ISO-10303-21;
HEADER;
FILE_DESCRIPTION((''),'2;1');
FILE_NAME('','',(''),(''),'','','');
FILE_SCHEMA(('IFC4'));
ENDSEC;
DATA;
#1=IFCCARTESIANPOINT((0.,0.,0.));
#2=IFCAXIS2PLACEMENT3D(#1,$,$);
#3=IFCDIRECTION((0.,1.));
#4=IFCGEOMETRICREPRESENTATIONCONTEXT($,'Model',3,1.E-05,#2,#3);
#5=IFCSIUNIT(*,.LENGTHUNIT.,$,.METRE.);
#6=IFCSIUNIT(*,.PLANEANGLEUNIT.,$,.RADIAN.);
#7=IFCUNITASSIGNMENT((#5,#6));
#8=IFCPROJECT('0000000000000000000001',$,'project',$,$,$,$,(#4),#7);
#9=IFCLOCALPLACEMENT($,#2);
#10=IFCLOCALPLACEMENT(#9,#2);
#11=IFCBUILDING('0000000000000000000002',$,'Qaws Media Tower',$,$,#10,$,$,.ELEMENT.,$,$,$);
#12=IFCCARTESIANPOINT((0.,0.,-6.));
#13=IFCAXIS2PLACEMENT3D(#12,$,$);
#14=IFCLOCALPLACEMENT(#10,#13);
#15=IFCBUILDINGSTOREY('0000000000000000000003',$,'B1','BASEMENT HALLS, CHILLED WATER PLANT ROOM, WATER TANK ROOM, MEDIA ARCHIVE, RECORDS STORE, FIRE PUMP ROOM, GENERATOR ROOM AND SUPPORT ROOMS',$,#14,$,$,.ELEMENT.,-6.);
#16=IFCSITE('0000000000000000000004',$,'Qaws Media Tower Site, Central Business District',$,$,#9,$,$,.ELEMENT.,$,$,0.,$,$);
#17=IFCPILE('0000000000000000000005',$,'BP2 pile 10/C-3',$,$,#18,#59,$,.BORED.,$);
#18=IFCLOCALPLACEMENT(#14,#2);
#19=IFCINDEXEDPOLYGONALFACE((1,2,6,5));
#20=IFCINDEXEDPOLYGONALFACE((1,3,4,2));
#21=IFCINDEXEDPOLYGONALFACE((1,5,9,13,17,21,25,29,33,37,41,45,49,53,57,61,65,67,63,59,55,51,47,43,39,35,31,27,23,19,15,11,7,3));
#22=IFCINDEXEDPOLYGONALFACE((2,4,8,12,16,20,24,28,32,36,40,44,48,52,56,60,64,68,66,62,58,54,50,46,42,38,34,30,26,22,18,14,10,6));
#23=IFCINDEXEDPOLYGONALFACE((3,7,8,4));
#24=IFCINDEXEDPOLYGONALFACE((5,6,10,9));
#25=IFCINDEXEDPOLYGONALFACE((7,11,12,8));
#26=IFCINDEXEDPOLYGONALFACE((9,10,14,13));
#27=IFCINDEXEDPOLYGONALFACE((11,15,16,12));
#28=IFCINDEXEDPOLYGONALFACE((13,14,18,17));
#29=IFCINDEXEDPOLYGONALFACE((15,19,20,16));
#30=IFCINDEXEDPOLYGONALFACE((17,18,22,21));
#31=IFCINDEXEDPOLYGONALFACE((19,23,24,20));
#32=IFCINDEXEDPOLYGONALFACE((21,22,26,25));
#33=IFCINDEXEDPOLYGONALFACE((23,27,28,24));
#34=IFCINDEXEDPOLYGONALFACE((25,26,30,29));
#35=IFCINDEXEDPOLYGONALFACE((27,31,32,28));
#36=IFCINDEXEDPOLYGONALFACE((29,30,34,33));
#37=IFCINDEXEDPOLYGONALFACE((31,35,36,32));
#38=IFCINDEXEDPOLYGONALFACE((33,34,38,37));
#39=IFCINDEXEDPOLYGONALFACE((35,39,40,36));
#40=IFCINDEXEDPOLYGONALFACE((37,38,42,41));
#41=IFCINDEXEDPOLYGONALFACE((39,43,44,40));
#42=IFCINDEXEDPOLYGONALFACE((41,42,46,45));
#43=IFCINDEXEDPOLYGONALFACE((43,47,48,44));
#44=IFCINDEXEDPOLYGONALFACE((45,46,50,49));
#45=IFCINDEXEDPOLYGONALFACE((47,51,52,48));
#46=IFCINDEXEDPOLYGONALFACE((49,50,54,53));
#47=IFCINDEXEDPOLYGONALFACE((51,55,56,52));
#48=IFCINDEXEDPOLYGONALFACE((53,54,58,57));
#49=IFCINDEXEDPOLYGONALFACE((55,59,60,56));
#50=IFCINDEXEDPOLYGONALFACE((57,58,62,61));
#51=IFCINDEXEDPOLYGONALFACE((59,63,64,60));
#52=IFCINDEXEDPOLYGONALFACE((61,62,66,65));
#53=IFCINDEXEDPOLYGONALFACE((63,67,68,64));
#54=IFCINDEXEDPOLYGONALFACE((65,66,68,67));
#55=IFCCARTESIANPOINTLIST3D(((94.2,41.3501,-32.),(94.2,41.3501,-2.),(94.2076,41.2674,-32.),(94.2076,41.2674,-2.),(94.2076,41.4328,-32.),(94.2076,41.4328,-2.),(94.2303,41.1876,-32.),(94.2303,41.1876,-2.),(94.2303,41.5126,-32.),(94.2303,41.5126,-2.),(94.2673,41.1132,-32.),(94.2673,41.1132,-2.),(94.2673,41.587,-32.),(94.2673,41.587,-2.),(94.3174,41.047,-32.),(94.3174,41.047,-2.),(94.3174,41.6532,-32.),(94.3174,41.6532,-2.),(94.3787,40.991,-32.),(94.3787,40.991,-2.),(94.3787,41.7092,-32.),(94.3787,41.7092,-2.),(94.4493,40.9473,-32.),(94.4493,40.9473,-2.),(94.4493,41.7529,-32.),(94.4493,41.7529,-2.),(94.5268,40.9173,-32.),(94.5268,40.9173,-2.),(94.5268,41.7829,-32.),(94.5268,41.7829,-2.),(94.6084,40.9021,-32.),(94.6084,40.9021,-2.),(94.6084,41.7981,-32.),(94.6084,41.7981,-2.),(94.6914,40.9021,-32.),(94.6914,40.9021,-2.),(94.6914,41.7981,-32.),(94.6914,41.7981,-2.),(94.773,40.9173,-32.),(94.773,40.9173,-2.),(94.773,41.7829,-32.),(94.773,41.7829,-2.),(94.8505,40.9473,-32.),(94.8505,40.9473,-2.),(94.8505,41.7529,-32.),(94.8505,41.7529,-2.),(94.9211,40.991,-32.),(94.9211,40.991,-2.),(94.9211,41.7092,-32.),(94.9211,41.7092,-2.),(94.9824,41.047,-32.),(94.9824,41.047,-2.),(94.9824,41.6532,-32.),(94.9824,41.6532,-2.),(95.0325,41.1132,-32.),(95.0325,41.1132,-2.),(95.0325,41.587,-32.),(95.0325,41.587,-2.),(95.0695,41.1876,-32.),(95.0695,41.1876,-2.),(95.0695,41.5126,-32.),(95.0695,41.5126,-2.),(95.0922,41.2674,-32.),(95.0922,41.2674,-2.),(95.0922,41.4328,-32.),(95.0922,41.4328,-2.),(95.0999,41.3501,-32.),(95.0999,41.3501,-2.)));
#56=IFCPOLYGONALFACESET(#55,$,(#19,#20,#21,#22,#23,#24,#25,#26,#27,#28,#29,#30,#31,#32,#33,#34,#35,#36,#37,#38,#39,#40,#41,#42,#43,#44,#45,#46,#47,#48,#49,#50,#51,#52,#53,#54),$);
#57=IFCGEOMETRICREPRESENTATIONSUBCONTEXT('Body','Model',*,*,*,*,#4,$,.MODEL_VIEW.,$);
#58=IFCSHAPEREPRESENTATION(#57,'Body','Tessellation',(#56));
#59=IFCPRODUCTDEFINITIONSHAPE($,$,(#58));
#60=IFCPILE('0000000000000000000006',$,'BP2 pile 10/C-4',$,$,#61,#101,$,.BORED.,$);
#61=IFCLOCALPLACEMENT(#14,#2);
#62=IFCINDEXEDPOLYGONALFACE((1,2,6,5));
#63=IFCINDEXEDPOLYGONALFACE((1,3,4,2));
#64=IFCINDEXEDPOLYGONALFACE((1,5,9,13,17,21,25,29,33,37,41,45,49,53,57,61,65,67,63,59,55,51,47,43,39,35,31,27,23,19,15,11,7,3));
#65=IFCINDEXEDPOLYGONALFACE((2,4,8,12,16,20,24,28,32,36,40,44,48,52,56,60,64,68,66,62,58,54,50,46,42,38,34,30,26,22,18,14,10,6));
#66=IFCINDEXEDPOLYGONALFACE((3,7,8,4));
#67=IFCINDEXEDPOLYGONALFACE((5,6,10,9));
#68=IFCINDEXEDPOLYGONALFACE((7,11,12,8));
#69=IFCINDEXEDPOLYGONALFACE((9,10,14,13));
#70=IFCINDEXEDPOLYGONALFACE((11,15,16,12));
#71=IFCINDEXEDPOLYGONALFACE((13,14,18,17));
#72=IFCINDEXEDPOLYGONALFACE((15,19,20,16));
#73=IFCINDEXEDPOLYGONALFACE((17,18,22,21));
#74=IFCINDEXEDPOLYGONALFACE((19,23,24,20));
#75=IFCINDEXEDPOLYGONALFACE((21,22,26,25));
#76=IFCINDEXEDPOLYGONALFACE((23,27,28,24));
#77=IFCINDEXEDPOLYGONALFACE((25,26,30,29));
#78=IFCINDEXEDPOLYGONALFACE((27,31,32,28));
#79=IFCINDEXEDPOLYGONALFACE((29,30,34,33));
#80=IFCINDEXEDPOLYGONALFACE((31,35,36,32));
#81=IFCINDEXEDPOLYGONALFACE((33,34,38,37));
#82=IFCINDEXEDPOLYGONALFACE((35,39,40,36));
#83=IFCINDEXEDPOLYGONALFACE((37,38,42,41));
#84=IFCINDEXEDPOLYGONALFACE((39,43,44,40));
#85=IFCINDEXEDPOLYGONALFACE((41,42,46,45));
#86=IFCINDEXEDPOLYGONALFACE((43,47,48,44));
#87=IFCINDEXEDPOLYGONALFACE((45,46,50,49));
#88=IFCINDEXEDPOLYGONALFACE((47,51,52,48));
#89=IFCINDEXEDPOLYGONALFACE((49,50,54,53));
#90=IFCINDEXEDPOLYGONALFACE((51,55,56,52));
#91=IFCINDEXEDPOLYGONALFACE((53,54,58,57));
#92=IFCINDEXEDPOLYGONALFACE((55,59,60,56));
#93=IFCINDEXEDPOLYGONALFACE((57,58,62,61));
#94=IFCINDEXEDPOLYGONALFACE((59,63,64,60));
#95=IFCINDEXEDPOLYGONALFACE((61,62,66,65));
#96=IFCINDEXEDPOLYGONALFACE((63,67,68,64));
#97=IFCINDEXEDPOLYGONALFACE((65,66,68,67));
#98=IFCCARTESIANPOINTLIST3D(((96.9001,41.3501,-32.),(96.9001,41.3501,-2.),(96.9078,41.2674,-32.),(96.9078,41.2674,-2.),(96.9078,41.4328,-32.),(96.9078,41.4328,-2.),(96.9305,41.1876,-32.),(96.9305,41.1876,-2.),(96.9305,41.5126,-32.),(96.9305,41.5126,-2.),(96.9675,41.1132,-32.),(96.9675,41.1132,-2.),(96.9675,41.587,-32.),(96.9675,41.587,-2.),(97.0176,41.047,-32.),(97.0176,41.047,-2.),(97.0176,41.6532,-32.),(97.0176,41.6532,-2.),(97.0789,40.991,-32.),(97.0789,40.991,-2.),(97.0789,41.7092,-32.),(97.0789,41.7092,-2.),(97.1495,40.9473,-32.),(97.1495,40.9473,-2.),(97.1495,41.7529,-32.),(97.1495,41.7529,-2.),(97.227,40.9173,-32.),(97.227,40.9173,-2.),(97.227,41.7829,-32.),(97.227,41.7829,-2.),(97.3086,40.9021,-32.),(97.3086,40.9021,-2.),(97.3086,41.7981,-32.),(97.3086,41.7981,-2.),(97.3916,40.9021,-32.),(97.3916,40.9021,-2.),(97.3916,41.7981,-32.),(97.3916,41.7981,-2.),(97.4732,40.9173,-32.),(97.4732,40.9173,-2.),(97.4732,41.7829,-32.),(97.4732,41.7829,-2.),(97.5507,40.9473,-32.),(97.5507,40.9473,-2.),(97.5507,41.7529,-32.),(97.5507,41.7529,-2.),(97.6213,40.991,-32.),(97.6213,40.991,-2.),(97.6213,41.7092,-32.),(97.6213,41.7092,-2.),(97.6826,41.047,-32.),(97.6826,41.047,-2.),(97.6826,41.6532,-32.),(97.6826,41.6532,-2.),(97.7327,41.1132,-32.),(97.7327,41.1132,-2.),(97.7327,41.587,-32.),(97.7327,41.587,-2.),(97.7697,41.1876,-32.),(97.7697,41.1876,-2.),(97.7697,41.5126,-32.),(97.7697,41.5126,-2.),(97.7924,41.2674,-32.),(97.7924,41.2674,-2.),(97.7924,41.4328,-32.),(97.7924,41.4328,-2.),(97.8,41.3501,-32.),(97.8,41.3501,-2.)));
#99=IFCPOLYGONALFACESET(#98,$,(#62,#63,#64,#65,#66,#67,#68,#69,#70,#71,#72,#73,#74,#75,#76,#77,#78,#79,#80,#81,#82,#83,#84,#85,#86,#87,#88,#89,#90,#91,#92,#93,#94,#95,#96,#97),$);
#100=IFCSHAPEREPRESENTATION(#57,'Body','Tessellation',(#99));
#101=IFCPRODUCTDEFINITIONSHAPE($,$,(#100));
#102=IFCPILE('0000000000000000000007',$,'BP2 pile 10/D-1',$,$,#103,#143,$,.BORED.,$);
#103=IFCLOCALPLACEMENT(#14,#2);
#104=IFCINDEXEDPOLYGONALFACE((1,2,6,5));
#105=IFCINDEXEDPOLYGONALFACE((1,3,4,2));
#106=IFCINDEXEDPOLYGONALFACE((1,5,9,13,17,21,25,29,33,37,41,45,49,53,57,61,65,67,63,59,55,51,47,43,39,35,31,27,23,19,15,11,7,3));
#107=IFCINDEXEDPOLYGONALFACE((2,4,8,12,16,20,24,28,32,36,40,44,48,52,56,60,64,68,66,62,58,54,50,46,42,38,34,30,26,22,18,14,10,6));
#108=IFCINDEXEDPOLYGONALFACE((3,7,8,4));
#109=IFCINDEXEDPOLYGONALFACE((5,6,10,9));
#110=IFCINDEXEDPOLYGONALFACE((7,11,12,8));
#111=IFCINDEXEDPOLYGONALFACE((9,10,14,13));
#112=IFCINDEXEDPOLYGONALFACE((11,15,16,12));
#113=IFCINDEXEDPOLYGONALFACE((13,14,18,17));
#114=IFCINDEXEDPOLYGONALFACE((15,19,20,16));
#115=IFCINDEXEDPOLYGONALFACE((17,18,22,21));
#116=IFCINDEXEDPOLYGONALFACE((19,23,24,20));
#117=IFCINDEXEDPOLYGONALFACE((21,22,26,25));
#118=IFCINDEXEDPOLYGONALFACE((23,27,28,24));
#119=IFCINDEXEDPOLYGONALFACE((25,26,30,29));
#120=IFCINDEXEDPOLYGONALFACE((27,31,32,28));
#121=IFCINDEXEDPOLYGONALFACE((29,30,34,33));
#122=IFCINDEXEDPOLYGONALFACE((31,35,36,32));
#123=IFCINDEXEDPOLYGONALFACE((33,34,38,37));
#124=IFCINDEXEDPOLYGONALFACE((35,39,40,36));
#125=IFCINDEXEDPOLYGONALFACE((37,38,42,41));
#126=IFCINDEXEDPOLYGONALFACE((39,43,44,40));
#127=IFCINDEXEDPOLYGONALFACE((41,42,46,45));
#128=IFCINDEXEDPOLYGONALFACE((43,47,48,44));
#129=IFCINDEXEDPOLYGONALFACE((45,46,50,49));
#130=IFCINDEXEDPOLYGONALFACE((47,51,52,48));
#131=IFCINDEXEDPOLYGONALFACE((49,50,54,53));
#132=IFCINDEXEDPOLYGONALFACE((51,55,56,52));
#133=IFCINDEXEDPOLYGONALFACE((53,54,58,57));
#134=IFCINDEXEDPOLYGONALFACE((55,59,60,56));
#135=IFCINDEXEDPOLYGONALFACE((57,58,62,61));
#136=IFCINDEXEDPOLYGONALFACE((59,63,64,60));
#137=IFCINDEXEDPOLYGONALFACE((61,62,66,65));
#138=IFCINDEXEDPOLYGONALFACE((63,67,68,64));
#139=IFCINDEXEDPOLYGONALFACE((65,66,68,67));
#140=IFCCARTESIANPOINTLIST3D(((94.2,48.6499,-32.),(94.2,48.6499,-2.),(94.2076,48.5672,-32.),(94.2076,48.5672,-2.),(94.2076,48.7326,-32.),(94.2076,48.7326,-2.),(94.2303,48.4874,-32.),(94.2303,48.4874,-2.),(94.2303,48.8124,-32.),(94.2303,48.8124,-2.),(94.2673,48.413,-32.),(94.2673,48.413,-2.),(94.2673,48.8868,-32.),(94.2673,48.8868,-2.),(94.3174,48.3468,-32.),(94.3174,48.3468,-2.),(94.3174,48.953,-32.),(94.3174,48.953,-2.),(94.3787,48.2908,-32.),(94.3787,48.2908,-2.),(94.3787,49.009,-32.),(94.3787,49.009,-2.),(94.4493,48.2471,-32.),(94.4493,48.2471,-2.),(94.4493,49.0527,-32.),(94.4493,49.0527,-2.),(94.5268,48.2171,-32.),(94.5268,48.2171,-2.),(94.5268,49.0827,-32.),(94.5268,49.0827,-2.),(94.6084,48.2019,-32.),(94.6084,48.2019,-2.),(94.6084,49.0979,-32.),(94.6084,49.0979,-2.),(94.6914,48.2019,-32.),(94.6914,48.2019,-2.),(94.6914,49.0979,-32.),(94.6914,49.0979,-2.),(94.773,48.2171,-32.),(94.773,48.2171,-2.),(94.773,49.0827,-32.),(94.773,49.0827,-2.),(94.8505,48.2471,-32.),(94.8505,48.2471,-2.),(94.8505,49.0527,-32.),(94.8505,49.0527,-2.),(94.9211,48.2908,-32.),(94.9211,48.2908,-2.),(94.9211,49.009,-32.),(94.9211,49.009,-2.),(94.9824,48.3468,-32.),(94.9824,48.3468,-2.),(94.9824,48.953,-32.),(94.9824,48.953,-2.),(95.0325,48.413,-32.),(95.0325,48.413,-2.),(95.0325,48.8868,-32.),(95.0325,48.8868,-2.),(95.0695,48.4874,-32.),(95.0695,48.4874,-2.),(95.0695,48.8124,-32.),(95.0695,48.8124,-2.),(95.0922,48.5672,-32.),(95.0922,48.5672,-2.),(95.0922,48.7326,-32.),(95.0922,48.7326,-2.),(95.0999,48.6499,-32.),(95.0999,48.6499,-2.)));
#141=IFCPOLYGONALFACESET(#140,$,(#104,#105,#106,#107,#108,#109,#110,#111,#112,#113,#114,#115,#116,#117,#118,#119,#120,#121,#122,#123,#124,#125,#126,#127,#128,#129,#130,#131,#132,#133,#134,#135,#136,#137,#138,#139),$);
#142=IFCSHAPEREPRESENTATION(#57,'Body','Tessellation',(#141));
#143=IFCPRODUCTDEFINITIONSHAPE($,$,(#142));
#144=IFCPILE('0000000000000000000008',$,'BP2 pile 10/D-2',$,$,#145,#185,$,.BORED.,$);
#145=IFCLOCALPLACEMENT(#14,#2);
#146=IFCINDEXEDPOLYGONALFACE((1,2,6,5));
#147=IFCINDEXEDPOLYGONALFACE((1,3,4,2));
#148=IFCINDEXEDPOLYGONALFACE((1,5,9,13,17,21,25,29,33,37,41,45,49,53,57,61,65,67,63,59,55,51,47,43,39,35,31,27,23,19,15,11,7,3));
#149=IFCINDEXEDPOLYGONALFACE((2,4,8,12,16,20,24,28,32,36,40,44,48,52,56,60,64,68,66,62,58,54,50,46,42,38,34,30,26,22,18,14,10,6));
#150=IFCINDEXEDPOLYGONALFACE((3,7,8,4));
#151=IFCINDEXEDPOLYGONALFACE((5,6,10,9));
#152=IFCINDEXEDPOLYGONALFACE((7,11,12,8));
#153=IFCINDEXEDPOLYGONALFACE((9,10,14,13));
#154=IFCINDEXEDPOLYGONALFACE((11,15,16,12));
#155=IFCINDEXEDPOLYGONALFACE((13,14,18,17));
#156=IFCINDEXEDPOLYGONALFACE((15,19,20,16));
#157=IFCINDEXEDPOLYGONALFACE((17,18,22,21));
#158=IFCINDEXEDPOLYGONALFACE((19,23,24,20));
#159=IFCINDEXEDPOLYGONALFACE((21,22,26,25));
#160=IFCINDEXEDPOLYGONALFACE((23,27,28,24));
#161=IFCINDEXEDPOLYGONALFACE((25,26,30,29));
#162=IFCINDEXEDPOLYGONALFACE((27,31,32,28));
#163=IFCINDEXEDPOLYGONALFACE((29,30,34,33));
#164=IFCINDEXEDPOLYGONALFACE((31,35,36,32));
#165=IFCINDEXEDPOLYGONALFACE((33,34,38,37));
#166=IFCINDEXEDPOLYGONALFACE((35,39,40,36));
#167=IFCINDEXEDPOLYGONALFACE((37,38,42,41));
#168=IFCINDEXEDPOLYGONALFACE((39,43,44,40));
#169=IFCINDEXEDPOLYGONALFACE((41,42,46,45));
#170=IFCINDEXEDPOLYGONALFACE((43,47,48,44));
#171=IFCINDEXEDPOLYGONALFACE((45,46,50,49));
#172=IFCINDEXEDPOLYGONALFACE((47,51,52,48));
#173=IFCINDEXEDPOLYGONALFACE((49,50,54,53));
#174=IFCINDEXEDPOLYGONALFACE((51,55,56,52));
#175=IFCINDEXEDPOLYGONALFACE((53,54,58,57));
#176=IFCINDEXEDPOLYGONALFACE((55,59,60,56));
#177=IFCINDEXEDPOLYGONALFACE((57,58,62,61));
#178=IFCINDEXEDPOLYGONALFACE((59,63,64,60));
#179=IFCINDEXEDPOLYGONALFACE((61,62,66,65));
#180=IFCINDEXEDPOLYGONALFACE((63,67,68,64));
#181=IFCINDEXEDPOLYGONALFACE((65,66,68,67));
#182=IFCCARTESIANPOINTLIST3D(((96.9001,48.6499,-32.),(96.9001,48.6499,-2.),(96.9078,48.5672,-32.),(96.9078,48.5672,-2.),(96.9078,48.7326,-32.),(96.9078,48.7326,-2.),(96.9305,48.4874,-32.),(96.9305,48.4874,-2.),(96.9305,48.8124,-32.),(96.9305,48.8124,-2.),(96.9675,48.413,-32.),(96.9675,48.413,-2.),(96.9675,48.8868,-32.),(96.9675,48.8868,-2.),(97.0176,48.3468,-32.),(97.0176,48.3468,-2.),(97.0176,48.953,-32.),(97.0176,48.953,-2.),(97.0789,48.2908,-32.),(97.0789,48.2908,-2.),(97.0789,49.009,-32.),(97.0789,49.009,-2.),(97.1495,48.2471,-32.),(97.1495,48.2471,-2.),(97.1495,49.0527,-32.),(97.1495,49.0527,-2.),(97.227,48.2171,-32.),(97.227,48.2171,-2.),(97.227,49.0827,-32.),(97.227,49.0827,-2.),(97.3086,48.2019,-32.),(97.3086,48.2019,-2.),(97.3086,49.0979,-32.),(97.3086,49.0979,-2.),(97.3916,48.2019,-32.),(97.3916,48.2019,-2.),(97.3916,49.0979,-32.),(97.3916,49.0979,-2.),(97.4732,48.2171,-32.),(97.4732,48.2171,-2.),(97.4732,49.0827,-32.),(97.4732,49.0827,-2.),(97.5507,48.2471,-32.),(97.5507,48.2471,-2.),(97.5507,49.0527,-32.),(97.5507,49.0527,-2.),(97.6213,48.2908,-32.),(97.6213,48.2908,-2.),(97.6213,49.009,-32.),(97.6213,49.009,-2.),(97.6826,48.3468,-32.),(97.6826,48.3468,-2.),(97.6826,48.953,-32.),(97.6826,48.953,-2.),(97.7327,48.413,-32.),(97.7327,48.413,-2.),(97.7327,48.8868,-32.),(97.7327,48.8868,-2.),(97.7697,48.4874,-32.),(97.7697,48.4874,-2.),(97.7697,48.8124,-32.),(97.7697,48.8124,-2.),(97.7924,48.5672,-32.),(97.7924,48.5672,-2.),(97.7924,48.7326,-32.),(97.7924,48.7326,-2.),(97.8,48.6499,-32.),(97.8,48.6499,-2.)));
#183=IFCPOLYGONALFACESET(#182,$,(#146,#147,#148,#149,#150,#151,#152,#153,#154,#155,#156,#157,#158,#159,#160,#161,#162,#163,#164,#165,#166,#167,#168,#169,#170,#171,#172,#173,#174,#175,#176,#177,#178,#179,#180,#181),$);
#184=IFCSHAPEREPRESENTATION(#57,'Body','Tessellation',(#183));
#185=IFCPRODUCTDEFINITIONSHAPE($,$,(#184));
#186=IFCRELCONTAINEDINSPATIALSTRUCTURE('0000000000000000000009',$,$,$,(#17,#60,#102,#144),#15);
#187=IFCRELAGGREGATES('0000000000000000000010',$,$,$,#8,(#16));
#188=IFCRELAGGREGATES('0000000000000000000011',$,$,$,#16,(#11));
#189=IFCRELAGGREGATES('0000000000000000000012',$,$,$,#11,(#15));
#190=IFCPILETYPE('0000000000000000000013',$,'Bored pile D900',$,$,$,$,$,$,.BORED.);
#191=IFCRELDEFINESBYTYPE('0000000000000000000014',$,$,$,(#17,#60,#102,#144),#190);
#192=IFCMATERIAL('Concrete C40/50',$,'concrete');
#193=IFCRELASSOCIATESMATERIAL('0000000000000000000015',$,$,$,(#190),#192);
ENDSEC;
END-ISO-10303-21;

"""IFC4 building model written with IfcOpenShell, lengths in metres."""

from ifc_helpers import new_model, si_unit, direction, frame, origin, origin_2d, place, context, subcontext, project, spatial, circle, extrude, material, material_profile, profile_set, type_object, element, save


model = new_model("IFC4")

# Units and contexts
model_context = context("Model", 3, precision=1e-05, world=origin(), true_north=direction((0.0, 1.0)))
body_context = subcontext(model_context, "Body", "Model", "MODEL_VIEW")
ifc_project = project(units=[si_unit("LENGTHUNIT", "METRE"), si_unit("PLANEANGLEUNIT", "RADIAN")], contexts=[model_context])

# Site, building, storey
site_placement = place(None, origin())
site = spatial("IfcSite", under=ifc_project, at=site_placement, Name="Qaws Media Tower Site, Central Business District", CompositionType="ELEMENT", RefElevation=0.0)
building_placement = place(site_placement, origin())
building = spatial("IfcBuilding", under=site, at=building_placement, Name="Qaws Media Tower", CompositionType="ELEMENT")
storey_placement = place(building_placement, frame((0.0, 0.0, -6.0)))
storey = spatial("IfcBuildingStorey", under=building, at=storey_placement, Name="B1", Description="BASEMENT HALLS, CHILLED WATER PLANT ROOM, WATER TANK ROOM, MEDIA ARCHIVE, RECORDS STORE, FIRE PUMP ROOM, GENERATOR ROOM AND SUPPORT ROOMS", CompositionType="ELEMENT", Elevation=-6.0)

# Piles
ifc_material_1 = material(Name="Concrete C40/50", Category="concrete")
ifc_material_profile_1 = material_profile(ifc_material_1, circle(Radius=0.45, at=origin_2d()), Name="D900")
ifc_profile_set_1 = profile_set([ifc_material_profile_1], Name="Concrete C40/50")
pile_type_1 = type_object("IfcPileType", Name="Bored pile D900", PredefinedType="BORED", material=ifc_profile_set_1)
for number, where, z_axis, x_axis, name in (
    (1, (94.6499, 41.3501, -2.0), (0.0, 0.0, -1.0), (1.0, 0.0, 0.0), "BP2 pile 10/C-3"),
    (2, (97.3501, 41.3501, -2.0), (0.0, 0.0, -1.0), (1.0, 0.0, 0.0), "BP2 pile 10/C-4"),
    (3, (94.6499, 48.6499, -2.0), (0.0, 0.0, -1.0), (1.0, 0.0, 0.0), "BP2 pile 10/D-1"),
    (4, (97.3501, 48.6499, -2.0), (0.0, 0.0, -1.0), (1.0, 0.0, 0.0), "BP2 pile 10/D-2"),
):
    element("IfcPile", number, at=place(storey_placement, frame(where, z_axis=z_axis, x_axis=x_axis)), inside=storey, type_object=pile_type_1, Name=name, PredefinedType="BORED", context=body_context, shape_type="SweptSolid", body=[
        extrude(circle(Radius=0.45, at=origin_2d()), origin(), (0.0, 0.0, 1.0), 30.0),
    ])

save(model, "model.ifc")
